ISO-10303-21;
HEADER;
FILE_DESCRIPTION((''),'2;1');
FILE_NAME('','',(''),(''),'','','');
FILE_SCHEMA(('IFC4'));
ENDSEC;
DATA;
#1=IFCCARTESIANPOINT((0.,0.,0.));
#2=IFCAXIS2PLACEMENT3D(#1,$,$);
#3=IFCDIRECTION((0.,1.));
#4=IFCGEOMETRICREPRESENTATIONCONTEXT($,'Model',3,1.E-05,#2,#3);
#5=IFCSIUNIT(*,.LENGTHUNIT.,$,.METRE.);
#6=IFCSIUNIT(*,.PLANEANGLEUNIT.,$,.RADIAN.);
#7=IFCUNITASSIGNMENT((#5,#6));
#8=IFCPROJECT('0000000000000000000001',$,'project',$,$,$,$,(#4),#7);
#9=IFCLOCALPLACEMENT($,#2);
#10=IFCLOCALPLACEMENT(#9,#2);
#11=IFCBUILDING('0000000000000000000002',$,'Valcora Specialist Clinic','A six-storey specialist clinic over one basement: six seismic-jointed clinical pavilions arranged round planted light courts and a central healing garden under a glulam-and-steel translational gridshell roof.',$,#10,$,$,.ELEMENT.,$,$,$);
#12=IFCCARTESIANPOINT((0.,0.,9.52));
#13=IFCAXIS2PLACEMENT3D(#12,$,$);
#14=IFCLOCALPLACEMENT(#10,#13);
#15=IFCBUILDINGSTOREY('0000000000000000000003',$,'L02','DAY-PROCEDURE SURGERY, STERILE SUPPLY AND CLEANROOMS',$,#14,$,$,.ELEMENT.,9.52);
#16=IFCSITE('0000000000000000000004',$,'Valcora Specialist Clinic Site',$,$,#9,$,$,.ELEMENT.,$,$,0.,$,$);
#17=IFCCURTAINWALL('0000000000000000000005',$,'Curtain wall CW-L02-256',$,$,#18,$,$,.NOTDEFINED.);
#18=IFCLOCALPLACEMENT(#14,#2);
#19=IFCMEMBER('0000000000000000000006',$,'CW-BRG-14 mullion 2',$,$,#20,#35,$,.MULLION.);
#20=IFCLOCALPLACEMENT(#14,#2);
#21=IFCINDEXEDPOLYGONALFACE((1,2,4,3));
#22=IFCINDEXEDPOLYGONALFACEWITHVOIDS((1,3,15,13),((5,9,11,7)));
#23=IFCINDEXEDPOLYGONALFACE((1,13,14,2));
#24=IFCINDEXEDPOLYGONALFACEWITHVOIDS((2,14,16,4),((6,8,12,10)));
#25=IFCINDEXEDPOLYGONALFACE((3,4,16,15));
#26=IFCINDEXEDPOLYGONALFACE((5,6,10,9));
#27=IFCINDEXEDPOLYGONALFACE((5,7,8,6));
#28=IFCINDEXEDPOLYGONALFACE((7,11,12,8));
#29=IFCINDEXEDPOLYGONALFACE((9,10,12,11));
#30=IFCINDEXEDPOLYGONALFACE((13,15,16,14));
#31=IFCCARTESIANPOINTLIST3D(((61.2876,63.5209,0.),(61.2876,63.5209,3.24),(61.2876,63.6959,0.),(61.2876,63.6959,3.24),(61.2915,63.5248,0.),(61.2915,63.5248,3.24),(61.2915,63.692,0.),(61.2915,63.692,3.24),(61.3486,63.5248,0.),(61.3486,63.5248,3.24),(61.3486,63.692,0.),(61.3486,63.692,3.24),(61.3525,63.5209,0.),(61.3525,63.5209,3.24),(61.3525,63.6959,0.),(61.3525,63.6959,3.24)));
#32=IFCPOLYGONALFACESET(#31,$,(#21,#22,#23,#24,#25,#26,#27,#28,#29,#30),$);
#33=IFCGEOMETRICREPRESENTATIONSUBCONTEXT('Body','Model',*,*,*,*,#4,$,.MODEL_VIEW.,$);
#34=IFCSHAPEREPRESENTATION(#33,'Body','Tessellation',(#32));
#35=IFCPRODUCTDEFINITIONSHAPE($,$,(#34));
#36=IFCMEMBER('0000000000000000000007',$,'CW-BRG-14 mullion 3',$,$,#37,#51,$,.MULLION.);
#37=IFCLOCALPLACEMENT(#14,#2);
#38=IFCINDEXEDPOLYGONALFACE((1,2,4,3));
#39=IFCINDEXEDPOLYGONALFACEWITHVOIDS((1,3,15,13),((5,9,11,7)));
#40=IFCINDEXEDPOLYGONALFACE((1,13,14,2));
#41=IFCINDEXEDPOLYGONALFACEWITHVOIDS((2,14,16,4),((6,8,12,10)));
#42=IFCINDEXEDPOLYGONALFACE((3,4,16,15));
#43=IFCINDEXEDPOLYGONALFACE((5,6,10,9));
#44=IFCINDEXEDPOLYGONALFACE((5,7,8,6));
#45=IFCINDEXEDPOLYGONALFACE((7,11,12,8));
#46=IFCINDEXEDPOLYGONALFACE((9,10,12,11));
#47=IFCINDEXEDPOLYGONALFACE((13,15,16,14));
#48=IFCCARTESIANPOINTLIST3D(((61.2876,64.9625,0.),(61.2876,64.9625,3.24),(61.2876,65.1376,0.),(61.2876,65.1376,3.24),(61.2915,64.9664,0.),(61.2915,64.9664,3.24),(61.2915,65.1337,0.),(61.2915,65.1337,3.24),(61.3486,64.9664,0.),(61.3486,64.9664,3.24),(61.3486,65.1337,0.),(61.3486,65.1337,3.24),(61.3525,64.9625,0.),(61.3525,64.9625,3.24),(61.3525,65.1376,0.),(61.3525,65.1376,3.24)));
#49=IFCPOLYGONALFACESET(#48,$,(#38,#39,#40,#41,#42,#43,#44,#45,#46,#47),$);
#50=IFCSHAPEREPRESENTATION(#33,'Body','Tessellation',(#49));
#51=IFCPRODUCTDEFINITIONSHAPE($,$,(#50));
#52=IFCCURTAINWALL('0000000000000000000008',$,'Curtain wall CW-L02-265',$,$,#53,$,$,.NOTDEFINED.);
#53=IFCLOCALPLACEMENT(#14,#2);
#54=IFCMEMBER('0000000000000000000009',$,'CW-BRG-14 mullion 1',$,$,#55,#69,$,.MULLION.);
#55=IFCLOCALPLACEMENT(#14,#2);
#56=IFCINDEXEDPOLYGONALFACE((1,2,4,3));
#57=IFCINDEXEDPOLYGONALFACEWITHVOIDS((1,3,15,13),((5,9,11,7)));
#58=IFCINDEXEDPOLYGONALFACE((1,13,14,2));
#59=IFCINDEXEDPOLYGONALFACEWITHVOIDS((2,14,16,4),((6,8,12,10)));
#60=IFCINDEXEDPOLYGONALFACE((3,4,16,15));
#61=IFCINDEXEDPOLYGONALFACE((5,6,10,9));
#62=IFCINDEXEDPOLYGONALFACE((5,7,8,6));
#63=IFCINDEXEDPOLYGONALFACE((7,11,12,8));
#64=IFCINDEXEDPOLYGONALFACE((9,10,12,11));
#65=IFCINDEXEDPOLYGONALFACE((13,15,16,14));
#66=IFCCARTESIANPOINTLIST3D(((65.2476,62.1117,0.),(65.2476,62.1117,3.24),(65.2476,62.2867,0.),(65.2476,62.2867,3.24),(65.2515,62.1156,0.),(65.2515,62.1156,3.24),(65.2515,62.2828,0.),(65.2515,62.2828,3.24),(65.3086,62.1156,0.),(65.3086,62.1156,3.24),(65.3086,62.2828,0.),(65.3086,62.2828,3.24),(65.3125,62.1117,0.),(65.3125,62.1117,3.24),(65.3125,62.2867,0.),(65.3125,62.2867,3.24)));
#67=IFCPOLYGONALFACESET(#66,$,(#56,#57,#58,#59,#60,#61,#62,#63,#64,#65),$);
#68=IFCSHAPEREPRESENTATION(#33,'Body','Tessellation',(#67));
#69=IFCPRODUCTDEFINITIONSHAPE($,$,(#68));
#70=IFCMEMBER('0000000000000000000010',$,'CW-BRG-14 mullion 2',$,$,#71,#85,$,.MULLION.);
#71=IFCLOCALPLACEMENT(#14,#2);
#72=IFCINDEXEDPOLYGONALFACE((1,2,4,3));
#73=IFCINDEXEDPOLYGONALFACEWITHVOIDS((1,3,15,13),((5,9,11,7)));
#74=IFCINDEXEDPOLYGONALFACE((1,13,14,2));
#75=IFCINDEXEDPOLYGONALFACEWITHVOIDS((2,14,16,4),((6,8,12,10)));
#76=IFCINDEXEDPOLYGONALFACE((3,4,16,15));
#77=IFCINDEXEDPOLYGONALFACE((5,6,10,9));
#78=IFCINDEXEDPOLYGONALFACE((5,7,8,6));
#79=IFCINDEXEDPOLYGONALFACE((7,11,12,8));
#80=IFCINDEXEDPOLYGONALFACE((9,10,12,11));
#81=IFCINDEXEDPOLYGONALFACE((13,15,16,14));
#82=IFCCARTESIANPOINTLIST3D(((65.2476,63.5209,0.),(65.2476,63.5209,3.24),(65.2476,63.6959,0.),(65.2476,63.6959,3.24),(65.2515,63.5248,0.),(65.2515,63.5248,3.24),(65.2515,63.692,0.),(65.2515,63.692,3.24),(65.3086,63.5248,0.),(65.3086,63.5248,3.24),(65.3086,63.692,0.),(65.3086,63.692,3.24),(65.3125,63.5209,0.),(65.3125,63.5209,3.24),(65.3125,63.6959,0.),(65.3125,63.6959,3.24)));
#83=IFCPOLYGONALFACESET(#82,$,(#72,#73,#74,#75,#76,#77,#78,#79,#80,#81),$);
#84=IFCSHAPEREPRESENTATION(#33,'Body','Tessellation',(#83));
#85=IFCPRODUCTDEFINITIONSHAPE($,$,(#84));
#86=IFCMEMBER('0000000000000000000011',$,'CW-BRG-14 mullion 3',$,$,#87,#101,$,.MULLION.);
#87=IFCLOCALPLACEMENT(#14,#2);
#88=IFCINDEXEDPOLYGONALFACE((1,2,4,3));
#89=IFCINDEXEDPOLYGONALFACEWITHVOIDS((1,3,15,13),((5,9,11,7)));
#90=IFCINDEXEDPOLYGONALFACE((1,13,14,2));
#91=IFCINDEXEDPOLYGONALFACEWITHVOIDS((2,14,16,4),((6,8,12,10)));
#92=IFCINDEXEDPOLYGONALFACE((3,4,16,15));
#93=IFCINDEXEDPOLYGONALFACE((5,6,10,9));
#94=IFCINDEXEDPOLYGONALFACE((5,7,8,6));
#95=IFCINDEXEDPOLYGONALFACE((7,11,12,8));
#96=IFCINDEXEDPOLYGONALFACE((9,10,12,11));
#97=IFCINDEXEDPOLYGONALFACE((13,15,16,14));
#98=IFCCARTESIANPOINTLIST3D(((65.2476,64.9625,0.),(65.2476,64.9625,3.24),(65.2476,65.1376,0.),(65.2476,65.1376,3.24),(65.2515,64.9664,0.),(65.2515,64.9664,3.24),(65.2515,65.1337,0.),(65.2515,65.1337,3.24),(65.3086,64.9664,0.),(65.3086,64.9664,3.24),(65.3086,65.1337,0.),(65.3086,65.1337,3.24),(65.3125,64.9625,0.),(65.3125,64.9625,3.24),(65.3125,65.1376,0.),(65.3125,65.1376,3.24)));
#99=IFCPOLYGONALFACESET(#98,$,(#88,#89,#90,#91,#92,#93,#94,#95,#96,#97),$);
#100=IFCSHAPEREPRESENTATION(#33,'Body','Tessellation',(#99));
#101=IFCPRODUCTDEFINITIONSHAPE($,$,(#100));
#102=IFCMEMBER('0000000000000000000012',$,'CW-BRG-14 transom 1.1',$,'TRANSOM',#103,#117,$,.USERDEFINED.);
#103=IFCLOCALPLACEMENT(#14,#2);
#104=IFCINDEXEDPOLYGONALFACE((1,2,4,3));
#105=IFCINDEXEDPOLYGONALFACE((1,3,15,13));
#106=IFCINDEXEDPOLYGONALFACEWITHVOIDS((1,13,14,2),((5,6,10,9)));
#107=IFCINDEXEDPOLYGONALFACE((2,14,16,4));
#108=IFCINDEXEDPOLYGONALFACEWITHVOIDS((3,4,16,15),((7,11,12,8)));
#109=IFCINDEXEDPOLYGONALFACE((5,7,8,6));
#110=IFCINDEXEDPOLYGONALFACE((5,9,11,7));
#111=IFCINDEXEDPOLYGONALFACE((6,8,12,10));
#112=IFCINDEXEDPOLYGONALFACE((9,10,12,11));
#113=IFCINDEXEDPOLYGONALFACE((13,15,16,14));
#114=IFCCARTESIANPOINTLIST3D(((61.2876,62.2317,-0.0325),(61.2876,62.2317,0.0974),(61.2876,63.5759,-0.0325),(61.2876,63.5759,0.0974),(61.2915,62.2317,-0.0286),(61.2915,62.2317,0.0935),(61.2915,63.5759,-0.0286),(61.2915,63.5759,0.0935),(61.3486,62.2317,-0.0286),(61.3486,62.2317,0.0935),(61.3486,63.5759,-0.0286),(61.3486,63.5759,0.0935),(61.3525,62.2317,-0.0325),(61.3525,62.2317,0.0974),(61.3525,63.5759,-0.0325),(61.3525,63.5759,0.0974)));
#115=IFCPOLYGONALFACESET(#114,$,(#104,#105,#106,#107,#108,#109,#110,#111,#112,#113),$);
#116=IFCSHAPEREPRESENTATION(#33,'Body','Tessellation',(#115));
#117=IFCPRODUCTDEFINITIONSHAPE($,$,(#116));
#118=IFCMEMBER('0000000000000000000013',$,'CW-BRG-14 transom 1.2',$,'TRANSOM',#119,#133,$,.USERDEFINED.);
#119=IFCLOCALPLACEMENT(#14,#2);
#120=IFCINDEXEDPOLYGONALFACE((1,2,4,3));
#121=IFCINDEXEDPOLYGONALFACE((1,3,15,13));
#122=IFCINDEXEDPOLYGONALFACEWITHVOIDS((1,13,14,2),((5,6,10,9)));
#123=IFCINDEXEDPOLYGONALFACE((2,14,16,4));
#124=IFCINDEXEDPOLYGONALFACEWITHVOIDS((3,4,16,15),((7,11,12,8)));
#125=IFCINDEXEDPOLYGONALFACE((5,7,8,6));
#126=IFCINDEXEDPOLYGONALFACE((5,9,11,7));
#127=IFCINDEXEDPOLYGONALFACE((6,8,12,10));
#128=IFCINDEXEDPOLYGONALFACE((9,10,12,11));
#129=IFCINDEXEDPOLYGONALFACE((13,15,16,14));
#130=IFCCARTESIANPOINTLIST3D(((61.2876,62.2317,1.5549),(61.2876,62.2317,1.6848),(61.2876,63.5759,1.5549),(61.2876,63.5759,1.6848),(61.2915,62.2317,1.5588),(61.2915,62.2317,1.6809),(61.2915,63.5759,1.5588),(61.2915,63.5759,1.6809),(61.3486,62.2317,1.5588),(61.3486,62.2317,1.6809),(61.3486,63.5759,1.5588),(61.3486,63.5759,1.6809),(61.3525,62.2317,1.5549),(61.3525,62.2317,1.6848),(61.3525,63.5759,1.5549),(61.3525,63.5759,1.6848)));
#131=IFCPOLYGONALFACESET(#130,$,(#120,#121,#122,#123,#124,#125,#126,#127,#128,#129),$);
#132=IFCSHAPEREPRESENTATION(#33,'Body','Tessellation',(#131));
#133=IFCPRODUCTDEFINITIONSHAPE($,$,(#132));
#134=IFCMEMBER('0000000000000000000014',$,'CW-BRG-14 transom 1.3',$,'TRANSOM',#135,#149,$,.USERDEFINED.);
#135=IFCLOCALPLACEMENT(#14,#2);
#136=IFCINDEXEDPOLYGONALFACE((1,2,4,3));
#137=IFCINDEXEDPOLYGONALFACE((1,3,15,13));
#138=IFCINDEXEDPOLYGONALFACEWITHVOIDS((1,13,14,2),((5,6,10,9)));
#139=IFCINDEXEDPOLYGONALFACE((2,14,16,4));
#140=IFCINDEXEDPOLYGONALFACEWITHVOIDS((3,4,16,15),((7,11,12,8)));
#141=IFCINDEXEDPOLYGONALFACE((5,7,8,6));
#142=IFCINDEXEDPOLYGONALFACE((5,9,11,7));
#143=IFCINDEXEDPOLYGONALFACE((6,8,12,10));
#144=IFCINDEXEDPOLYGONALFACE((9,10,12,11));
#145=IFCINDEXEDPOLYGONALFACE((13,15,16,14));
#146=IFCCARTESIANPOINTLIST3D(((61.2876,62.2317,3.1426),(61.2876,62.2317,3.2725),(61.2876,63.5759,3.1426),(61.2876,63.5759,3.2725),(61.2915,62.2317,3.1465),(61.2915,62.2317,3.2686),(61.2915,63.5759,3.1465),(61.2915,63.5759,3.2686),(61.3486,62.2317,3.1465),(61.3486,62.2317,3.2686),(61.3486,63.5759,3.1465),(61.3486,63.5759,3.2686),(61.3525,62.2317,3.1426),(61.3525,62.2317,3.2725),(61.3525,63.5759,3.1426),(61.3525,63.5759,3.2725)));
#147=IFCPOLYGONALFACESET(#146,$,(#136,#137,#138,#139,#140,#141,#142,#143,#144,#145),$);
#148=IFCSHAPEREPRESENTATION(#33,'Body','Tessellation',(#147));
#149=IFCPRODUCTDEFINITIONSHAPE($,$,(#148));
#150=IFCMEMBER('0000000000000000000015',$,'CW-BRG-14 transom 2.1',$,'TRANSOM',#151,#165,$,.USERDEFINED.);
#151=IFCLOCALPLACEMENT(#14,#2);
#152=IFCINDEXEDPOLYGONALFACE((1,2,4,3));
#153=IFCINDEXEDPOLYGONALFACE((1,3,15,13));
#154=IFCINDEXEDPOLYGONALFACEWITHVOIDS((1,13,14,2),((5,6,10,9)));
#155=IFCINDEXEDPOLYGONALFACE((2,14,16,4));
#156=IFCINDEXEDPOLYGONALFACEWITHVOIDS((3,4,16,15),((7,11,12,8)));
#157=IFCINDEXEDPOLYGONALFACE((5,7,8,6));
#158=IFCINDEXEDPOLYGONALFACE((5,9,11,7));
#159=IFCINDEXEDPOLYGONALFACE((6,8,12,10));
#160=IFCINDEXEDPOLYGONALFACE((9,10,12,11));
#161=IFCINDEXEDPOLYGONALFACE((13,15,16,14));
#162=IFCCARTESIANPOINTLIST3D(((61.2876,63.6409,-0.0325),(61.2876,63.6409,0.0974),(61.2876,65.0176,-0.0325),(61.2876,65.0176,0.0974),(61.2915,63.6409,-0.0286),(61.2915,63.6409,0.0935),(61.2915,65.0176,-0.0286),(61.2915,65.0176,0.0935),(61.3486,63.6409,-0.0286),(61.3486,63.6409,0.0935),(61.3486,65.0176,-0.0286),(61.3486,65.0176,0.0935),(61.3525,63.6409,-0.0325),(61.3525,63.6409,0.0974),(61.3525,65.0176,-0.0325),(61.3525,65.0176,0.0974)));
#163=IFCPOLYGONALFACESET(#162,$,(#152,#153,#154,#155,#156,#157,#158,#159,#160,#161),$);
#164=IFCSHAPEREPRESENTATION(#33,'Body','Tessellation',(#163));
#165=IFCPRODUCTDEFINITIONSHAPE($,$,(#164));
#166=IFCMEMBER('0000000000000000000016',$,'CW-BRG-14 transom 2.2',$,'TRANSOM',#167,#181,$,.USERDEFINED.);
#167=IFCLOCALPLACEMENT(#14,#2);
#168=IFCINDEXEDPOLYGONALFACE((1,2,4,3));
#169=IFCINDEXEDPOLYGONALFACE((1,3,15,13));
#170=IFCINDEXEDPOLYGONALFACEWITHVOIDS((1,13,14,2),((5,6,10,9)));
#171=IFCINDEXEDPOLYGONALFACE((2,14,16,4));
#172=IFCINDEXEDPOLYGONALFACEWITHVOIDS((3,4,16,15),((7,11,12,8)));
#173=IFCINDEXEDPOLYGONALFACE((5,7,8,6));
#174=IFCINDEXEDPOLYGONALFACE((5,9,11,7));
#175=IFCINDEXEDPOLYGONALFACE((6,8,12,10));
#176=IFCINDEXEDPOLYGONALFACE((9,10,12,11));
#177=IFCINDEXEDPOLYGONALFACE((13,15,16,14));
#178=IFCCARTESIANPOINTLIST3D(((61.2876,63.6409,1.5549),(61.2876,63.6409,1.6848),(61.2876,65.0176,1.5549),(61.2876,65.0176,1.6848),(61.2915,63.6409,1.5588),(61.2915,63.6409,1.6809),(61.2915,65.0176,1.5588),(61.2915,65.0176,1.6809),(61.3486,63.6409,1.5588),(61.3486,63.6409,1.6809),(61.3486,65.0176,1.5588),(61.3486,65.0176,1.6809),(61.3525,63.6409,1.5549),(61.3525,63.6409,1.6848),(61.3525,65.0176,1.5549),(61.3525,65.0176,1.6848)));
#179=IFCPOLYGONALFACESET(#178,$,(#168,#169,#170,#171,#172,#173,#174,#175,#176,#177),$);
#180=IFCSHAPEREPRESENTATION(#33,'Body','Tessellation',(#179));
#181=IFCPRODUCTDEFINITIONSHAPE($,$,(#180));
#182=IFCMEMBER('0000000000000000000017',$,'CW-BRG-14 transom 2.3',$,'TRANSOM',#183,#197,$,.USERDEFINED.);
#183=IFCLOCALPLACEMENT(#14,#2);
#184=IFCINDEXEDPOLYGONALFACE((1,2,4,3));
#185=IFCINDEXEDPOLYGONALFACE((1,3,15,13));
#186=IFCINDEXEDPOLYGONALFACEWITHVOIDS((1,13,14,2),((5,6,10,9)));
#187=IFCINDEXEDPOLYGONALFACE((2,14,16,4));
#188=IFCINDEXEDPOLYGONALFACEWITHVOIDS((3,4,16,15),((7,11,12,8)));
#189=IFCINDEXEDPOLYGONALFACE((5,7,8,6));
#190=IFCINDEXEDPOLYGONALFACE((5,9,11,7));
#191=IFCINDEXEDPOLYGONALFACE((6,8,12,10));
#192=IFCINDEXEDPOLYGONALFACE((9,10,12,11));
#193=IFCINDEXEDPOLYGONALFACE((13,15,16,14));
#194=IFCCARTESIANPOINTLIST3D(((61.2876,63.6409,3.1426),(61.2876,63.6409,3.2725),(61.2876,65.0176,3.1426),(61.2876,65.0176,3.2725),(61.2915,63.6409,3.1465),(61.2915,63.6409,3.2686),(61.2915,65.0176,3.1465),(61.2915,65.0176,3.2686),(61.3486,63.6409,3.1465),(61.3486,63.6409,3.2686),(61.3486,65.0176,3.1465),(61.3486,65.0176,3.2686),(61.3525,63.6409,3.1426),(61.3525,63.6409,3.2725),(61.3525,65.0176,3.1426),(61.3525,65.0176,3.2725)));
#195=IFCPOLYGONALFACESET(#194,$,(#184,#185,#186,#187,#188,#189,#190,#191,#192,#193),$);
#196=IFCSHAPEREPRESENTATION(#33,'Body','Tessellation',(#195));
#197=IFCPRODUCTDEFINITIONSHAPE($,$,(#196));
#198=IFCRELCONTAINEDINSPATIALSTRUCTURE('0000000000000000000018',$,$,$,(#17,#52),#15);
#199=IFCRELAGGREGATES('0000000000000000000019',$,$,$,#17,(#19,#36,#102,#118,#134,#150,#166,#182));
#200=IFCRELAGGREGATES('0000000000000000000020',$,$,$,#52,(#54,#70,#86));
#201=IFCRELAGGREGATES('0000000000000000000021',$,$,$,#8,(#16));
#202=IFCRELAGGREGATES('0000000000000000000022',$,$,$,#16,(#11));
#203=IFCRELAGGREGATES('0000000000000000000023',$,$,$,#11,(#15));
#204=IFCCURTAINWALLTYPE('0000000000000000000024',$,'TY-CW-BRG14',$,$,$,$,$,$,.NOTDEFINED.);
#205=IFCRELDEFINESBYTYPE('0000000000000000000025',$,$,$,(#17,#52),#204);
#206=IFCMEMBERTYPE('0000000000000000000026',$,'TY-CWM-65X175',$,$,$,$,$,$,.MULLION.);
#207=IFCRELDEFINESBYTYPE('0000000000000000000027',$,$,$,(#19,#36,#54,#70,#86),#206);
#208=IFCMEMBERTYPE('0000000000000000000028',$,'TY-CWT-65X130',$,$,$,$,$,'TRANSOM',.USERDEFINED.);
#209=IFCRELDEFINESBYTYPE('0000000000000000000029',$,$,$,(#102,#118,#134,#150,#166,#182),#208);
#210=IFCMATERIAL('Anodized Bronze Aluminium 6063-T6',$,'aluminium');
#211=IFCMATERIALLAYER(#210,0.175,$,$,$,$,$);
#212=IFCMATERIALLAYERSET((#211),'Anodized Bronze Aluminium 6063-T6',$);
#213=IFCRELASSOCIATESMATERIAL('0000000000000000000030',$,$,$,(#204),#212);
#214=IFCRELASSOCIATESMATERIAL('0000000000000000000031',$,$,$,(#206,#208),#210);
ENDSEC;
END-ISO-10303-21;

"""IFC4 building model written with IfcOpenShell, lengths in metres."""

from ifc_helpers import new_model, si_unit, direction, frame, origin, origin_2d, place, context, subcontext, project, spatial, hollow_rectangle, extrude, material, layer, layer_set, material_profile, profile_set, type_object, element, aggregate, save


model = new_model("IFC4")

# Units and contexts
model_context = context("Model", 3, precision=1e-05, world=origin(), true_north=direction((0.0, 1.0)))
body_context = subcontext(model_context, "Body", "Model", "MODEL_VIEW")
ifc_project = project(units=[si_unit("LENGTHUNIT", "METRE"), si_unit("PLANEANGLEUNIT", "RADIAN")], contexts=[model_context])

# Site, building, storey
site_placement = place(None, origin())
site = spatial("IfcSite", under=ifc_project, at=site_placement, Name="Valcora Specialist Clinic Site", CompositionType="ELEMENT", RefElevation=0.0)
building_placement = place(site_placement, origin())
building = spatial("IfcBuilding", under=site, at=building_placement, Name="Valcora Specialist Clinic", Description="A six-storey specialist clinic over one basement: six seismic-jointed clinical pavilions arranged round planted light courts and a central healing garden under a glulam-and-steel translational gridshell roof.", CompositionType="ELEMENT")
storey_placement = place(building_placement, frame((0.0, 0.0, 9.52)))
storey = spatial("IfcBuildingStorey", under=building, at=storey_placement, Name="L02", Description="DAY-PROCEDURE SURGERY, STERILE SUPPLY AND CLEANROOMS", CompositionType="ELEMENT", Elevation=9.52)

# Curtain walls, members
ifc_material_1 = material(Name="Anodized Bronze Aluminium 6063-T6", Category="aluminium")
ifc_layer_1 = layer(ifc_material_1, 0.175)
ifc_layer_set_1 = layer_set([ifc_layer_1], Name="Anodized Bronze Aluminium 6063-T6")
curtain_wall_type = type_object("IfcCurtainWallType", Name="TY-CW-BRG14", PredefinedType="NOTDEFINED", material=ifc_layer_set_1)
curtain_wall_1_placement = place(storey_placement, origin())
curtain_wall_1 = element("IfcCurtainWall", 1, at=curtain_wall_1_placement, inside=storey, type_object=curtain_wall_type, Name="Curtain wall CW-L02-256", PredefinedType="NOTDEFINED")
ifc_material_profile_1 = material_profile(ifc_material_1, hollow_rectangle(XDim=0.0649, YDim=0.175, WallThickness=0.0039, at=origin_2d()), Name="AL-MUL-65X175")
ifc_profile_set_1 = profile_set([ifc_material_profile_1], Name="Anodized Bronze Aluminium 6063-T6")
member_type_1 = type_object("IfcMemberType", Name="TY-CWM-65X175", PredefinedType="MULLION", material=ifc_profile_set_1)
member_1_placement = place(storey_placement, frame((61.3201, 63.6084, 0.0), z_axis=(0.0, 0.0, 1.0), x_axis=(-1.0, 0.0, 0.0)))
member_1 = element("IfcMember", 2, at=member_1_placement, type_object=member_type_1, Name="CW-BRG-14 mullion 2", PredefinedType="MULLION", context=body_context, shape_type="SweptSolid", body=[
    extrude(hollow_rectangle(XDim=0.0649, YDim=0.175, WallThickness=0.0039, at=origin_2d()), origin(), (0.0, 0.0, 1.0), 3.24),
])
member_2_placement = place(storey_placement, frame((61.3201, 65.05, 0.0), z_axis=(0.0, 0.0, 1.0), x_axis=(-1.0, 0.0, 0.0)))
member_2 = element("IfcMember", 3, at=member_2_placement, type_object=member_type_1, Name="CW-BRG-14 mullion 3", PredefinedType="MULLION", context=body_context, shape_type="SweptSolid", body=[
    extrude(hollow_rectangle(XDim=0.0649, YDim=0.175, WallThickness=0.0039, at=origin_2d()), origin(), (0.0, 0.0, 1.0), 3.24),
])
curtain_wall_2_placement = place(storey_placement, origin())
curtain_wall_2 = element("IfcCurtainWall", 4, at=curtain_wall_2_placement, inside=storey, type_object=curtain_wall_type, Name="Curtain wall CW-L02-265", PredefinedType="NOTDEFINED")
member_3_placement = place(storey_placement, frame((65.28, 62.1992, 0.0), z_axis=(0.0, 0.0, 1.0), x_axis=(-1.0, 0.0, 0.0)))
member_3 = element("IfcMember", 5, at=member_3_placement, type_object=member_type_1, Name="CW-BRG-14 mullion 1", PredefinedType="MULLION", context=body_context, shape_type="SweptSolid", body=[
    extrude(hollow_rectangle(XDim=0.0649, YDim=0.175, WallThickness=0.0039, at=origin_2d()), origin(), (0.0, 0.0, 1.0), 3.24),
])
member_4_placement = place(storey_placement, frame((65.28, 63.6084, 0.0), z_axis=(0.0, 0.0, 1.0), x_axis=(-1.0, 0.0, 0.0)))
member_4 = element("IfcMember", 6, at=member_4_placement, type_object=member_type_1, Name="CW-BRG-14 mullion 2", PredefinedType="MULLION", context=body_context, shape_type="SweptSolid", body=[
    extrude(hollow_rectangle(XDim=0.0649, YDim=0.175, WallThickness=0.0039, at=origin_2d()), origin(), (0.0, 0.0, 1.0), 3.24),
])
member_5_placement = place(storey_placement, frame((65.28, 65.05, 0.0), z_axis=(0.0, 0.0, 1.0), x_axis=(-1.0, 0.0, 0.0)))
member_5 = element("IfcMember", 7, at=member_5_placement, type_object=member_type_1, Name="CW-BRG-14 mullion 3", PredefinedType="MULLION", context=body_context, shape_type="SweptSolid", body=[
    extrude(hollow_rectangle(XDim=0.0649, YDim=0.175, WallThickness=0.0039, at=origin_2d()), origin(), (0.0, 0.0, 1.0), 3.24),
])

# Members
ifc_material_profile_2 = material_profile(ifc_material_1, hollow_rectangle(XDim=0.0649, YDim=0.1299, WallThickness=0.0039, at=origin_2d()), Name="AL-TRN-65X130")
ifc_profile_set_2 = profile_set([ifc_material_profile_2], Name="Anodized Bronze Aluminium 6063-T6")
member_type_2 = type_object("IfcMemberType", Name="TY-CWT-65X130", ElementType="TRANSOM", PredefinedType="USERDEFINED", material=ifc_profile_set_2)
member_6_placement = place(storey_placement, frame((61.3201, 62.2317, 0.0325), z_axis=(0.0, 1.0, 0.0), x_axis=(-1.0, 0.0, 0.0)))
member_6 = element("IfcMember", 8, at=member_6_placement, type_object=member_type_2, Name="CW-BRG-14 transom 1.1", ObjectType="TRANSOM", PredefinedType="USERDEFINED", context=body_context, shape_type="SweptSolid", body=[
    extrude(hollow_rectangle(XDim=0.0649, YDim=0.1299, WallThickness=0.0039, at=origin_2d()), origin(), (0.0, 0.0, 1.0), 1.3442),
])
member_7_placement = place(storey_placement, frame((61.3201, 62.2317, 1.6199), z_axis=(0.0, 1.0, 0.0), x_axis=(-1.0, 0.0, 0.0)))
member_7 = element("IfcMember", 9, at=member_7_placement, type_object=member_type_2, Name="CW-BRG-14 transom 1.2", ObjectType="TRANSOM", PredefinedType="USERDEFINED", context=body_context, shape_type="SweptSolid", body=[
    extrude(hollow_rectangle(XDim=0.0649, YDim=0.1299, WallThickness=0.0039, at=origin_2d()), origin(), (0.0, 0.0, 1.0), 1.3442),
])
member_8_placement = place(storey_placement, frame((61.3201, 62.2317, 3.2075), z_axis=(0.0, 1.0, 0.0), x_axis=(-1.0, 0.0, 0.0)))
member_8 = element("IfcMember", 10, at=member_8_placement, type_object=member_type_2, Name="CW-BRG-14 transom 1.3", ObjectType="TRANSOM", PredefinedType="USERDEFINED", context=body_context, shape_type="SweptSolid", body=[
    extrude(hollow_rectangle(XDim=0.0649, YDim=0.1299, WallThickness=0.0039, at=origin_2d()), origin(), (0.0, 0.0, 1.0), 1.3442),
])
member_9_placement = place(storey_placement, frame((61.3201, 63.6409, 0.0325), z_axis=(0.0, 1.0, 0.0), x_axis=(-1.0, 0.0, 0.0)))
member_9 = element("IfcMember", 11, at=member_9_placement, type_object=member_type_2, Name="CW-BRG-14 transom 2.1", ObjectType="TRANSOM", PredefinedType="USERDEFINED", context=body_context, shape_type="SweptSolid", body=[
    extrude(hollow_rectangle(XDim=0.0649, YDim=0.1299, WallThickness=0.0039, at=origin_2d()), origin(), (0.0, 0.0, 1.0), 1.3767),
])
member_10_placement = place(storey_placement, frame((61.3201, 63.6409, 1.6199), z_axis=(0.0, 1.0, 0.0), x_axis=(-1.0, 0.0, 0.0)))
member_10 = element("IfcMember", 12, at=member_10_placement, type_object=member_type_2, Name="CW-BRG-14 transom 2.2", ObjectType="TRANSOM", PredefinedType="USERDEFINED", context=body_context, shape_type="SweptSolid", body=[
    extrude(hollow_rectangle(XDim=0.0649, YDim=0.1299, WallThickness=0.0039, at=origin_2d()), origin(), (0.0, 0.0, 1.0), 1.3767),
])
member_11_placement = place(storey_placement, frame((61.3201, 63.6409, 3.2075), z_axis=(0.0, 1.0, 0.0), x_axis=(-1.0, 0.0, 0.0)))
member_11 = element("IfcMember", 13, at=member_11_placement, type_object=member_type_2, Name="CW-BRG-14 transom 2.3", ObjectType="TRANSOM", PredefinedType="USERDEFINED", context=body_context, shape_type="SweptSolid", body=[
    extrude(hollow_rectangle(XDim=0.0649, YDim=0.1299, WallThickness=0.0039, at=origin_2d()), origin(), (0.0, 0.0, 1.0), 1.3767),
])

aggregate(curtain_wall_1, [member_1, member_2, member_6, member_7, member_8, member_9, member_10, member_11])
aggregate(curtain_wall_2, [member_3, member_4, member_5])

save(model, "model.ifc")
